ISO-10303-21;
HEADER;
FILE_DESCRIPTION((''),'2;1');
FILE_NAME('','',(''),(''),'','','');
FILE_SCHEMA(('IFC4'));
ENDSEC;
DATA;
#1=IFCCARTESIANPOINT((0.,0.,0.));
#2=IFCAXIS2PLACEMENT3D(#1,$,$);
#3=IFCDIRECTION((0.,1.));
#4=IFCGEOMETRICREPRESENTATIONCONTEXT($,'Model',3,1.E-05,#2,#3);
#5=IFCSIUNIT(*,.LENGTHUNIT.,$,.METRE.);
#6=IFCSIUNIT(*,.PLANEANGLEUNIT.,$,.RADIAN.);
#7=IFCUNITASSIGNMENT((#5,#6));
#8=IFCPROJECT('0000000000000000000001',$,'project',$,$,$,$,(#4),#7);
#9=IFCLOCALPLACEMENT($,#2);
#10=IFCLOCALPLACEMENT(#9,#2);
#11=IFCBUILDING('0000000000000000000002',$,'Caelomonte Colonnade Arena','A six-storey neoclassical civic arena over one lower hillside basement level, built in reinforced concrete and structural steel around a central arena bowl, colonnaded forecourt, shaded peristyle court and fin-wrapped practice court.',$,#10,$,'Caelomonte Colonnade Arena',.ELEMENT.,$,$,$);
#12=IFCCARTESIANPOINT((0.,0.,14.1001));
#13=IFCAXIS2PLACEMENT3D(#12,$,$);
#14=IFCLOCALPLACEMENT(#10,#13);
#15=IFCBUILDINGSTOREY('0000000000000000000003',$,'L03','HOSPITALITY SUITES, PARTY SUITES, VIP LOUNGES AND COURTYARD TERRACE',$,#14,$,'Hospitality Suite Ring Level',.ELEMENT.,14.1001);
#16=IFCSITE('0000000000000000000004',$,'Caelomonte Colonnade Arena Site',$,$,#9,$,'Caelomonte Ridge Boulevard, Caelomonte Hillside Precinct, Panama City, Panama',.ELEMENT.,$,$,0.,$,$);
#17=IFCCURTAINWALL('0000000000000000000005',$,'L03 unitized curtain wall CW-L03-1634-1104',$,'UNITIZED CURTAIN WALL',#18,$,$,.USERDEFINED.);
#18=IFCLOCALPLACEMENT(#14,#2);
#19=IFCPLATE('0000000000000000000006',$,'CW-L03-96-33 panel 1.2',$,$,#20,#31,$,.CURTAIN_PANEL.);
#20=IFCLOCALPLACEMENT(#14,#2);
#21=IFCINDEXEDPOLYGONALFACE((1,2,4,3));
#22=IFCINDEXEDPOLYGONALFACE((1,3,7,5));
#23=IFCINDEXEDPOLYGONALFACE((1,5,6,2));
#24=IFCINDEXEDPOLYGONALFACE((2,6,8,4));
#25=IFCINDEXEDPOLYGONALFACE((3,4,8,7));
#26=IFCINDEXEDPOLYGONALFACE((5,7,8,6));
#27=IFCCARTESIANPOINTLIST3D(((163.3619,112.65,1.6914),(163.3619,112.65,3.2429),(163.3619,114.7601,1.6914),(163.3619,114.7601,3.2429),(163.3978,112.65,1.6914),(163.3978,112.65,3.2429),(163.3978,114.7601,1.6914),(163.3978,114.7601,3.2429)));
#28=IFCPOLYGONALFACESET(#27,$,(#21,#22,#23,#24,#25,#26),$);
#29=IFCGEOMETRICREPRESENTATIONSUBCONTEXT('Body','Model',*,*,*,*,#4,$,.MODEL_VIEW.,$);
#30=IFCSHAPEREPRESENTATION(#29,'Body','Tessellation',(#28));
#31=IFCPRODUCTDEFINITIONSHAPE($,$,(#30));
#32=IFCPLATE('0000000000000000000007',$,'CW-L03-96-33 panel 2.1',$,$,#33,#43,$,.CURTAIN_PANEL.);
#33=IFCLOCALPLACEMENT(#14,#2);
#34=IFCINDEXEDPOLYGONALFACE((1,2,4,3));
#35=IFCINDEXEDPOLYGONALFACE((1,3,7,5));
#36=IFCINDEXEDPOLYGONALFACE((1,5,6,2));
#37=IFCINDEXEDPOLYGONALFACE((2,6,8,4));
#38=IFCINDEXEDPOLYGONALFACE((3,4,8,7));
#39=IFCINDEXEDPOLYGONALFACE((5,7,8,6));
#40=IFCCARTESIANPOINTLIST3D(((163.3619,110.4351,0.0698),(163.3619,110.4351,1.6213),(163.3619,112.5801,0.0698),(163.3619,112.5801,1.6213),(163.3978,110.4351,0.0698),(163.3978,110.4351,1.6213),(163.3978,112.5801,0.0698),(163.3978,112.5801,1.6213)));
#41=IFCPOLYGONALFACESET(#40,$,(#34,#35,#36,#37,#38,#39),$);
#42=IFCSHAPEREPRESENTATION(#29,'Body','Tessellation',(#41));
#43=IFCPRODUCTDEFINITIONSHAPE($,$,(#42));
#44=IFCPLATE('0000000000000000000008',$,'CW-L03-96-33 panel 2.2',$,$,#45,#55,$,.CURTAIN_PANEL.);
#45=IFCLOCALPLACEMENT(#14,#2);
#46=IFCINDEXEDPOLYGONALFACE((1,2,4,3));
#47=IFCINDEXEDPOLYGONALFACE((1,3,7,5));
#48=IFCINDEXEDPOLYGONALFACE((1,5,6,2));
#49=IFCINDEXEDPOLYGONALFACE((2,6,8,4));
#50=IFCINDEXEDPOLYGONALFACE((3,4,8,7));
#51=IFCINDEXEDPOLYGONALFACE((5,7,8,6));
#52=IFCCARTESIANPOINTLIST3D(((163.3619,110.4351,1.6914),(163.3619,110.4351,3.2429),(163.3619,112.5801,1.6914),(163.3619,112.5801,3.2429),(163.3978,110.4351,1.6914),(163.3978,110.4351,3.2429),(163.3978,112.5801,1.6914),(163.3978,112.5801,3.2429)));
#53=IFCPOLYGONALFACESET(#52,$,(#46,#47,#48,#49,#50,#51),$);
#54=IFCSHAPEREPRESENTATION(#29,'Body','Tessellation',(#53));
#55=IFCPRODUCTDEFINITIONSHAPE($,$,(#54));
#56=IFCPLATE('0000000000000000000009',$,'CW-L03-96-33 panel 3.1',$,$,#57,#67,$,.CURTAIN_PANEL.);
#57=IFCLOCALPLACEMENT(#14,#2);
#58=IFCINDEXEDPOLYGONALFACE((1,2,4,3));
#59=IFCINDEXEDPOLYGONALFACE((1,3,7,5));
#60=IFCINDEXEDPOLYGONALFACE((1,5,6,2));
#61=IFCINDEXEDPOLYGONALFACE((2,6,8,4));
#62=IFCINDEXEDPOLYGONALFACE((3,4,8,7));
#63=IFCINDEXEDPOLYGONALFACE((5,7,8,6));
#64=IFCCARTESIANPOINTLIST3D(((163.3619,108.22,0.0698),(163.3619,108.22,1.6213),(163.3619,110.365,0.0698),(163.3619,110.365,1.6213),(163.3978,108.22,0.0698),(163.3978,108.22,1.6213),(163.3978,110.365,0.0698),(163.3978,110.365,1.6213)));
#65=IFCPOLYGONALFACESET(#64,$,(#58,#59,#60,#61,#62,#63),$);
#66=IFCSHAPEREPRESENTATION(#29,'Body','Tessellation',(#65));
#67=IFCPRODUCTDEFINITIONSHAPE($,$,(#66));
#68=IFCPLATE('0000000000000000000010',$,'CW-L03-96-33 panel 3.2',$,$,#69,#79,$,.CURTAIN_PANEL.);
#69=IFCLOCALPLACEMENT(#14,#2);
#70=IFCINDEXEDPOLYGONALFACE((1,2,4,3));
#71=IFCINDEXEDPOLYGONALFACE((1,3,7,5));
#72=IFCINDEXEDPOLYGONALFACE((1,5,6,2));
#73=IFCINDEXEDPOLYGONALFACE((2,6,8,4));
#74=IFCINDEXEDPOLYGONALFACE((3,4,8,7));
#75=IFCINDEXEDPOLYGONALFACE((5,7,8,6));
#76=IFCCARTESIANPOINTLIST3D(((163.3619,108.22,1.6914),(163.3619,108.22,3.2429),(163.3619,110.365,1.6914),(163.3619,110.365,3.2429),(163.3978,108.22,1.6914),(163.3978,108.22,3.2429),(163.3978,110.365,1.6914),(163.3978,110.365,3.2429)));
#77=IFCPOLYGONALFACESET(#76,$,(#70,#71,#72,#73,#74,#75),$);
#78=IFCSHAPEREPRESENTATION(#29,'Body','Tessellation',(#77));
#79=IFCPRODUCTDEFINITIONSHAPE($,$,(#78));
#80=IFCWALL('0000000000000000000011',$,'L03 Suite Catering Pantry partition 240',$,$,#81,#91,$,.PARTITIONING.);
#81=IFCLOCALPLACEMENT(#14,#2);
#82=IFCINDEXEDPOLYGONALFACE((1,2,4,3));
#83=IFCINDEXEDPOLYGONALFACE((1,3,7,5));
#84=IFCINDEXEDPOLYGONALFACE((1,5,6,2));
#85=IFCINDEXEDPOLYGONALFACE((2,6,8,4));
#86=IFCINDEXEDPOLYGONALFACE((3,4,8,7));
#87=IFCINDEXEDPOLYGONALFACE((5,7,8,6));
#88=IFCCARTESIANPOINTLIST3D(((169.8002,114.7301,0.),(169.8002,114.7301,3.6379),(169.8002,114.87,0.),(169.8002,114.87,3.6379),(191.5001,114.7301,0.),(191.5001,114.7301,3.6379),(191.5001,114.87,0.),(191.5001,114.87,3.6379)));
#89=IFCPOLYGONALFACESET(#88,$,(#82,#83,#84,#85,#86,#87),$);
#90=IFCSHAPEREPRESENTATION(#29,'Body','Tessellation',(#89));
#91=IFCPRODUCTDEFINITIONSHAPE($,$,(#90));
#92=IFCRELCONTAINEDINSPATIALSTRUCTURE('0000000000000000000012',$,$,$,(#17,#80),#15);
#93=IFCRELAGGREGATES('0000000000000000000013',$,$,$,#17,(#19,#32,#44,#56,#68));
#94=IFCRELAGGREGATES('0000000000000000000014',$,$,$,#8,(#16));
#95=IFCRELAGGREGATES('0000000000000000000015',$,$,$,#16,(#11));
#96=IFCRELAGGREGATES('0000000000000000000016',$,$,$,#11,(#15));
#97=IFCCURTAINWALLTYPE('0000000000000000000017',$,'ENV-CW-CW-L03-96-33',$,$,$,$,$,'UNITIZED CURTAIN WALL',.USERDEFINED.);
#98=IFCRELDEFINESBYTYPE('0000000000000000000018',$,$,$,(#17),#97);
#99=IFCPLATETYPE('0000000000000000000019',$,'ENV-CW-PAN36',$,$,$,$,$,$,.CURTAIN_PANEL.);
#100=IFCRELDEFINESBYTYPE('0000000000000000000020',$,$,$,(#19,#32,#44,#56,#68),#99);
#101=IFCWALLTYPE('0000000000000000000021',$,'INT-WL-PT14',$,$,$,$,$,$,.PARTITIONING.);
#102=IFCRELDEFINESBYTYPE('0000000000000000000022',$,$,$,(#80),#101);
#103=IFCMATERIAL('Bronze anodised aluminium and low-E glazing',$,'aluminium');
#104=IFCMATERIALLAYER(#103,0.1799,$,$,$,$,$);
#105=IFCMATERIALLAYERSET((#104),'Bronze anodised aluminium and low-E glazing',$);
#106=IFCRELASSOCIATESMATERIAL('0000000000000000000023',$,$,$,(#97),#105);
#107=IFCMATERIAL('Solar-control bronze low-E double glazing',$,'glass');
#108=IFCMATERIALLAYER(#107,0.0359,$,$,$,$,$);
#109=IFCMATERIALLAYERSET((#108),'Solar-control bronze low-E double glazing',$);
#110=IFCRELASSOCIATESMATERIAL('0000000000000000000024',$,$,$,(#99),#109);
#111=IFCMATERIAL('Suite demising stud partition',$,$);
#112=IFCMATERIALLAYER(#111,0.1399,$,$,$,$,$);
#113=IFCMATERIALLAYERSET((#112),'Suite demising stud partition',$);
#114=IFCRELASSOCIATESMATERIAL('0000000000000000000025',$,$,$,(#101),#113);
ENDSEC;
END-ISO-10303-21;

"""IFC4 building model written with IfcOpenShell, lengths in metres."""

from ifc_helpers import new_model, si_unit, direction, frame, frame_2d, origin, origin_2d, place, context, subcontext, project, spatial, rectangle, extrude, material, layer, layer_set, type_object, element, aggregate, save


model = new_model("IFC4")

# Units and contexts
model_context = context("Model", 3, precision=1e-05, world=origin(), true_north=direction((0.0, 1.0)))
body_context = subcontext(model_context, "Body", "Model", "MODEL_VIEW")
ifc_project = project(units=[si_unit("LENGTHUNIT", "METRE"), si_unit("PLANEANGLEUNIT", "RADIAN")], contexts=[model_context])

# Site, building, storey
site_placement = place(None, origin())
site = spatial("IfcSite", under=ifc_project, at=site_placement, Name="Caelomonte Colonnade Arena Site", LongName="Caelomonte Ridge Boulevard, Caelomonte Hillside Precinct, Panama City, Panama", CompositionType="ELEMENT", RefElevation=0.0)
building_placement = place(site_placement, origin())
building = spatial("IfcBuilding", under=site, at=building_placement, Name="Caelomonte Colonnade Arena", Description="A six-storey neoclassical civic arena over one lower hillside basement level, built in reinforced concrete and structural steel around a central arena bowl, colonnaded forecourt, shaded peristyle court and fin-wrapped practice court.", LongName="Caelomonte Colonnade Arena", CompositionType="ELEMENT")
storey_placement = place(building_placement, frame((0.0, 0.0, 14.1001)))
storey = spatial("IfcBuildingStorey", under=building, at=storey_placement, Name="L03", Description="HOSPITALITY SUITES, PARTY SUITES, VIP LOUNGES AND COURTYARD TERRACE", LongName="Hospitality Suite Ring Level", CompositionType="ELEMENT", Elevation=14.1001)

# Curtain wall
ifc_material_1 = material(Name="Bronze anodised aluminium and low-E glazing", Category="aluminium")
ifc_layer_1 = layer(ifc_material_1, 0.1799)
ifc_layer_set_1 = layer_set([ifc_layer_1], Name="Bronze anodised aluminium and low-E glazing")
curtain_wall_type_1 = type_object("IfcCurtainWallType", Name="ENV-CW-CW-L03-96-33", ElementType="UNITIZED CURTAIN WALL", PredefinedType="USERDEFINED", material=ifc_layer_set_1)
curtain_wall_1_placement = place(storey_placement, origin())
curtain_wall_1 = element("IfcCurtainWall", 1, at=curtain_wall_1_placement, inside=storey, type_object=curtain_wall_type_1, Name="L03 unitized curtain wall CW-L03-1634-1104", ObjectType="UNITIZED CURTAIN WALL", PredefinedType="USERDEFINED")

# Plates
ifc_material_2 = material(Name="Solar-control bronze low-E double glazing", Category="glass")
ifc_layer_2 = layer(ifc_material_2, 0.0359)
ifc_layer_set_2 = layer_set([ifc_layer_2], Name="Solar-control bronze low-E double glazing")
plate_type = type_object("IfcPlateType", Name="ENV-CW-PAN36", PredefinedType="CURTAIN_PANEL", material=ifc_layer_set_2)
plate_1_placement = place(storey_placement, frame((163.3799, 113.7051, 1.6914), z_axis=(0.0, 0.0, 1.0), x_axis=(0.0, -1.0, 0.0)))
plate_1 = element("IfcPlate", 2, at=plate_1_placement, type_object=plate_type, Name="CW-L03-96-33 panel 1.2", PredefinedType="CURTAIN_PANEL", context=body_context, shape_type="SweptSolid", body=[
    extrude(rectangle(XDim=2.1101, YDim=0.0359, at=origin_2d()), origin(), (0.0, 0.0, 1.0), 1.5515),
])
plate_2_placement = place(storey_placement, frame((163.3799, 111.5076, 0.0698), z_axis=(0.0, 0.0, 1.0), x_axis=(0.0, -1.0, 0.0)))
plate_2 = element("IfcPlate", 3, at=plate_2_placement, type_object=plate_type, Name="CW-L03-96-33 panel 2.1", PredefinedType="CURTAIN_PANEL", context=body_context, shape_type="SweptSolid", body=[
    extrude(rectangle(XDim=2.145, YDim=0.0359, at=origin_2d()), origin(), (0.0, 0.0, 1.0), 1.5515),
])
plate_3_placement = place(storey_placement, frame((163.3799, 111.5076, 1.6914), z_axis=(0.0, 0.0, 1.0), x_axis=(0.0, -1.0, 0.0)))
plate_3 = element("IfcPlate", 4, at=plate_3_placement, type_object=plate_type, Name="CW-L03-96-33 panel 2.2", PredefinedType="CURTAIN_PANEL", context=body_context, shape_type="SweptSolid", body=[
    extrude(rectangle(XDim=2.145, YDim=0.0359, at=origin_2d()), origin(), (0.0, 0.0, 1.0), 1.5515),
])
plate_4_placement = place(storey_placement, frame((163.3799, 109.2925, 0.0698), z_axis=(0.0, 0.0, 1.0), x_axis=(0.0, -1.0, 0.0)))
plate_4 = element("IfcPlate", 5, at=plate_4_placement, type_object=plate_type, Name="CW-L03-96-33 panel 3.1", PredefinedType="CURTAIN_PANEL", context=body_context, shape_type="SweptSolid", body=[
    extrude(rectangle(XDim=2.145, YDim=0.0359, at=origin_2d()), origin(), (0.0, 0.0, 1.0), 1.5515),
])
plate_5_placement = place(storey_placement, frame((163.3799, 109.2925, 1.6914), z_axis=(0.0, 0.0, 1.0), x_axis=(0.0, -1.0, 0.0)))
plate_5 = element("IfcPlate", 6, at=plate_5_placement, type_object=plate_type, Name="CW-L03-96-33 panel 3.2", PredefinedType="CURTAIN_PANEL", context=body_context, shape_type="SweptSolid", body=[
    extrude(rectangle(XDim=2.145, YDim=0.0359, at=origin_2d()), origin(), (0.0, 0.0, 1.0), 1.5515),
])
aggregate(curtain_wall_1, [plate_1, plate_2, plate_3, plate_4, plate_5])

# Wall
ifc_material_3 = material(Name="Suite demising stud partition")
ifc_layer_3 = layer(ifc_material_3, 0.1399)
ifc_layer_set_3 = layer_set([ifc_layer_3], Name="Suite demising stud partition")
wall_type = type_object("IfcWallType", Name="INT-WL-PT14", PredefinedType="PARTITIONING", material=ifc_layer_set_3)
wall_placement = place(storey_placement, frame((169.8, 114.8, 0.0), z_axis=(0.0, 0.0, 1.0), x_axis=(1.0, 0.0, 0.0)))
element("IfcWall", 7, at=wall_placement, inside=storey, type_object=wall_type, Name="L03 Suite Catering Pantry partition 240", PredefinedType="PARTITIONING", context=body_context, shape_type="SweptSolid", body=[
    extrude(rectangle(XDim=21.7, YDim=0.1399, at=frame_2d((10.8501, 0.0))), origin(), (0.0, 0.0, 1.0), 3.6379),
])

save(model, "model.ifc")
